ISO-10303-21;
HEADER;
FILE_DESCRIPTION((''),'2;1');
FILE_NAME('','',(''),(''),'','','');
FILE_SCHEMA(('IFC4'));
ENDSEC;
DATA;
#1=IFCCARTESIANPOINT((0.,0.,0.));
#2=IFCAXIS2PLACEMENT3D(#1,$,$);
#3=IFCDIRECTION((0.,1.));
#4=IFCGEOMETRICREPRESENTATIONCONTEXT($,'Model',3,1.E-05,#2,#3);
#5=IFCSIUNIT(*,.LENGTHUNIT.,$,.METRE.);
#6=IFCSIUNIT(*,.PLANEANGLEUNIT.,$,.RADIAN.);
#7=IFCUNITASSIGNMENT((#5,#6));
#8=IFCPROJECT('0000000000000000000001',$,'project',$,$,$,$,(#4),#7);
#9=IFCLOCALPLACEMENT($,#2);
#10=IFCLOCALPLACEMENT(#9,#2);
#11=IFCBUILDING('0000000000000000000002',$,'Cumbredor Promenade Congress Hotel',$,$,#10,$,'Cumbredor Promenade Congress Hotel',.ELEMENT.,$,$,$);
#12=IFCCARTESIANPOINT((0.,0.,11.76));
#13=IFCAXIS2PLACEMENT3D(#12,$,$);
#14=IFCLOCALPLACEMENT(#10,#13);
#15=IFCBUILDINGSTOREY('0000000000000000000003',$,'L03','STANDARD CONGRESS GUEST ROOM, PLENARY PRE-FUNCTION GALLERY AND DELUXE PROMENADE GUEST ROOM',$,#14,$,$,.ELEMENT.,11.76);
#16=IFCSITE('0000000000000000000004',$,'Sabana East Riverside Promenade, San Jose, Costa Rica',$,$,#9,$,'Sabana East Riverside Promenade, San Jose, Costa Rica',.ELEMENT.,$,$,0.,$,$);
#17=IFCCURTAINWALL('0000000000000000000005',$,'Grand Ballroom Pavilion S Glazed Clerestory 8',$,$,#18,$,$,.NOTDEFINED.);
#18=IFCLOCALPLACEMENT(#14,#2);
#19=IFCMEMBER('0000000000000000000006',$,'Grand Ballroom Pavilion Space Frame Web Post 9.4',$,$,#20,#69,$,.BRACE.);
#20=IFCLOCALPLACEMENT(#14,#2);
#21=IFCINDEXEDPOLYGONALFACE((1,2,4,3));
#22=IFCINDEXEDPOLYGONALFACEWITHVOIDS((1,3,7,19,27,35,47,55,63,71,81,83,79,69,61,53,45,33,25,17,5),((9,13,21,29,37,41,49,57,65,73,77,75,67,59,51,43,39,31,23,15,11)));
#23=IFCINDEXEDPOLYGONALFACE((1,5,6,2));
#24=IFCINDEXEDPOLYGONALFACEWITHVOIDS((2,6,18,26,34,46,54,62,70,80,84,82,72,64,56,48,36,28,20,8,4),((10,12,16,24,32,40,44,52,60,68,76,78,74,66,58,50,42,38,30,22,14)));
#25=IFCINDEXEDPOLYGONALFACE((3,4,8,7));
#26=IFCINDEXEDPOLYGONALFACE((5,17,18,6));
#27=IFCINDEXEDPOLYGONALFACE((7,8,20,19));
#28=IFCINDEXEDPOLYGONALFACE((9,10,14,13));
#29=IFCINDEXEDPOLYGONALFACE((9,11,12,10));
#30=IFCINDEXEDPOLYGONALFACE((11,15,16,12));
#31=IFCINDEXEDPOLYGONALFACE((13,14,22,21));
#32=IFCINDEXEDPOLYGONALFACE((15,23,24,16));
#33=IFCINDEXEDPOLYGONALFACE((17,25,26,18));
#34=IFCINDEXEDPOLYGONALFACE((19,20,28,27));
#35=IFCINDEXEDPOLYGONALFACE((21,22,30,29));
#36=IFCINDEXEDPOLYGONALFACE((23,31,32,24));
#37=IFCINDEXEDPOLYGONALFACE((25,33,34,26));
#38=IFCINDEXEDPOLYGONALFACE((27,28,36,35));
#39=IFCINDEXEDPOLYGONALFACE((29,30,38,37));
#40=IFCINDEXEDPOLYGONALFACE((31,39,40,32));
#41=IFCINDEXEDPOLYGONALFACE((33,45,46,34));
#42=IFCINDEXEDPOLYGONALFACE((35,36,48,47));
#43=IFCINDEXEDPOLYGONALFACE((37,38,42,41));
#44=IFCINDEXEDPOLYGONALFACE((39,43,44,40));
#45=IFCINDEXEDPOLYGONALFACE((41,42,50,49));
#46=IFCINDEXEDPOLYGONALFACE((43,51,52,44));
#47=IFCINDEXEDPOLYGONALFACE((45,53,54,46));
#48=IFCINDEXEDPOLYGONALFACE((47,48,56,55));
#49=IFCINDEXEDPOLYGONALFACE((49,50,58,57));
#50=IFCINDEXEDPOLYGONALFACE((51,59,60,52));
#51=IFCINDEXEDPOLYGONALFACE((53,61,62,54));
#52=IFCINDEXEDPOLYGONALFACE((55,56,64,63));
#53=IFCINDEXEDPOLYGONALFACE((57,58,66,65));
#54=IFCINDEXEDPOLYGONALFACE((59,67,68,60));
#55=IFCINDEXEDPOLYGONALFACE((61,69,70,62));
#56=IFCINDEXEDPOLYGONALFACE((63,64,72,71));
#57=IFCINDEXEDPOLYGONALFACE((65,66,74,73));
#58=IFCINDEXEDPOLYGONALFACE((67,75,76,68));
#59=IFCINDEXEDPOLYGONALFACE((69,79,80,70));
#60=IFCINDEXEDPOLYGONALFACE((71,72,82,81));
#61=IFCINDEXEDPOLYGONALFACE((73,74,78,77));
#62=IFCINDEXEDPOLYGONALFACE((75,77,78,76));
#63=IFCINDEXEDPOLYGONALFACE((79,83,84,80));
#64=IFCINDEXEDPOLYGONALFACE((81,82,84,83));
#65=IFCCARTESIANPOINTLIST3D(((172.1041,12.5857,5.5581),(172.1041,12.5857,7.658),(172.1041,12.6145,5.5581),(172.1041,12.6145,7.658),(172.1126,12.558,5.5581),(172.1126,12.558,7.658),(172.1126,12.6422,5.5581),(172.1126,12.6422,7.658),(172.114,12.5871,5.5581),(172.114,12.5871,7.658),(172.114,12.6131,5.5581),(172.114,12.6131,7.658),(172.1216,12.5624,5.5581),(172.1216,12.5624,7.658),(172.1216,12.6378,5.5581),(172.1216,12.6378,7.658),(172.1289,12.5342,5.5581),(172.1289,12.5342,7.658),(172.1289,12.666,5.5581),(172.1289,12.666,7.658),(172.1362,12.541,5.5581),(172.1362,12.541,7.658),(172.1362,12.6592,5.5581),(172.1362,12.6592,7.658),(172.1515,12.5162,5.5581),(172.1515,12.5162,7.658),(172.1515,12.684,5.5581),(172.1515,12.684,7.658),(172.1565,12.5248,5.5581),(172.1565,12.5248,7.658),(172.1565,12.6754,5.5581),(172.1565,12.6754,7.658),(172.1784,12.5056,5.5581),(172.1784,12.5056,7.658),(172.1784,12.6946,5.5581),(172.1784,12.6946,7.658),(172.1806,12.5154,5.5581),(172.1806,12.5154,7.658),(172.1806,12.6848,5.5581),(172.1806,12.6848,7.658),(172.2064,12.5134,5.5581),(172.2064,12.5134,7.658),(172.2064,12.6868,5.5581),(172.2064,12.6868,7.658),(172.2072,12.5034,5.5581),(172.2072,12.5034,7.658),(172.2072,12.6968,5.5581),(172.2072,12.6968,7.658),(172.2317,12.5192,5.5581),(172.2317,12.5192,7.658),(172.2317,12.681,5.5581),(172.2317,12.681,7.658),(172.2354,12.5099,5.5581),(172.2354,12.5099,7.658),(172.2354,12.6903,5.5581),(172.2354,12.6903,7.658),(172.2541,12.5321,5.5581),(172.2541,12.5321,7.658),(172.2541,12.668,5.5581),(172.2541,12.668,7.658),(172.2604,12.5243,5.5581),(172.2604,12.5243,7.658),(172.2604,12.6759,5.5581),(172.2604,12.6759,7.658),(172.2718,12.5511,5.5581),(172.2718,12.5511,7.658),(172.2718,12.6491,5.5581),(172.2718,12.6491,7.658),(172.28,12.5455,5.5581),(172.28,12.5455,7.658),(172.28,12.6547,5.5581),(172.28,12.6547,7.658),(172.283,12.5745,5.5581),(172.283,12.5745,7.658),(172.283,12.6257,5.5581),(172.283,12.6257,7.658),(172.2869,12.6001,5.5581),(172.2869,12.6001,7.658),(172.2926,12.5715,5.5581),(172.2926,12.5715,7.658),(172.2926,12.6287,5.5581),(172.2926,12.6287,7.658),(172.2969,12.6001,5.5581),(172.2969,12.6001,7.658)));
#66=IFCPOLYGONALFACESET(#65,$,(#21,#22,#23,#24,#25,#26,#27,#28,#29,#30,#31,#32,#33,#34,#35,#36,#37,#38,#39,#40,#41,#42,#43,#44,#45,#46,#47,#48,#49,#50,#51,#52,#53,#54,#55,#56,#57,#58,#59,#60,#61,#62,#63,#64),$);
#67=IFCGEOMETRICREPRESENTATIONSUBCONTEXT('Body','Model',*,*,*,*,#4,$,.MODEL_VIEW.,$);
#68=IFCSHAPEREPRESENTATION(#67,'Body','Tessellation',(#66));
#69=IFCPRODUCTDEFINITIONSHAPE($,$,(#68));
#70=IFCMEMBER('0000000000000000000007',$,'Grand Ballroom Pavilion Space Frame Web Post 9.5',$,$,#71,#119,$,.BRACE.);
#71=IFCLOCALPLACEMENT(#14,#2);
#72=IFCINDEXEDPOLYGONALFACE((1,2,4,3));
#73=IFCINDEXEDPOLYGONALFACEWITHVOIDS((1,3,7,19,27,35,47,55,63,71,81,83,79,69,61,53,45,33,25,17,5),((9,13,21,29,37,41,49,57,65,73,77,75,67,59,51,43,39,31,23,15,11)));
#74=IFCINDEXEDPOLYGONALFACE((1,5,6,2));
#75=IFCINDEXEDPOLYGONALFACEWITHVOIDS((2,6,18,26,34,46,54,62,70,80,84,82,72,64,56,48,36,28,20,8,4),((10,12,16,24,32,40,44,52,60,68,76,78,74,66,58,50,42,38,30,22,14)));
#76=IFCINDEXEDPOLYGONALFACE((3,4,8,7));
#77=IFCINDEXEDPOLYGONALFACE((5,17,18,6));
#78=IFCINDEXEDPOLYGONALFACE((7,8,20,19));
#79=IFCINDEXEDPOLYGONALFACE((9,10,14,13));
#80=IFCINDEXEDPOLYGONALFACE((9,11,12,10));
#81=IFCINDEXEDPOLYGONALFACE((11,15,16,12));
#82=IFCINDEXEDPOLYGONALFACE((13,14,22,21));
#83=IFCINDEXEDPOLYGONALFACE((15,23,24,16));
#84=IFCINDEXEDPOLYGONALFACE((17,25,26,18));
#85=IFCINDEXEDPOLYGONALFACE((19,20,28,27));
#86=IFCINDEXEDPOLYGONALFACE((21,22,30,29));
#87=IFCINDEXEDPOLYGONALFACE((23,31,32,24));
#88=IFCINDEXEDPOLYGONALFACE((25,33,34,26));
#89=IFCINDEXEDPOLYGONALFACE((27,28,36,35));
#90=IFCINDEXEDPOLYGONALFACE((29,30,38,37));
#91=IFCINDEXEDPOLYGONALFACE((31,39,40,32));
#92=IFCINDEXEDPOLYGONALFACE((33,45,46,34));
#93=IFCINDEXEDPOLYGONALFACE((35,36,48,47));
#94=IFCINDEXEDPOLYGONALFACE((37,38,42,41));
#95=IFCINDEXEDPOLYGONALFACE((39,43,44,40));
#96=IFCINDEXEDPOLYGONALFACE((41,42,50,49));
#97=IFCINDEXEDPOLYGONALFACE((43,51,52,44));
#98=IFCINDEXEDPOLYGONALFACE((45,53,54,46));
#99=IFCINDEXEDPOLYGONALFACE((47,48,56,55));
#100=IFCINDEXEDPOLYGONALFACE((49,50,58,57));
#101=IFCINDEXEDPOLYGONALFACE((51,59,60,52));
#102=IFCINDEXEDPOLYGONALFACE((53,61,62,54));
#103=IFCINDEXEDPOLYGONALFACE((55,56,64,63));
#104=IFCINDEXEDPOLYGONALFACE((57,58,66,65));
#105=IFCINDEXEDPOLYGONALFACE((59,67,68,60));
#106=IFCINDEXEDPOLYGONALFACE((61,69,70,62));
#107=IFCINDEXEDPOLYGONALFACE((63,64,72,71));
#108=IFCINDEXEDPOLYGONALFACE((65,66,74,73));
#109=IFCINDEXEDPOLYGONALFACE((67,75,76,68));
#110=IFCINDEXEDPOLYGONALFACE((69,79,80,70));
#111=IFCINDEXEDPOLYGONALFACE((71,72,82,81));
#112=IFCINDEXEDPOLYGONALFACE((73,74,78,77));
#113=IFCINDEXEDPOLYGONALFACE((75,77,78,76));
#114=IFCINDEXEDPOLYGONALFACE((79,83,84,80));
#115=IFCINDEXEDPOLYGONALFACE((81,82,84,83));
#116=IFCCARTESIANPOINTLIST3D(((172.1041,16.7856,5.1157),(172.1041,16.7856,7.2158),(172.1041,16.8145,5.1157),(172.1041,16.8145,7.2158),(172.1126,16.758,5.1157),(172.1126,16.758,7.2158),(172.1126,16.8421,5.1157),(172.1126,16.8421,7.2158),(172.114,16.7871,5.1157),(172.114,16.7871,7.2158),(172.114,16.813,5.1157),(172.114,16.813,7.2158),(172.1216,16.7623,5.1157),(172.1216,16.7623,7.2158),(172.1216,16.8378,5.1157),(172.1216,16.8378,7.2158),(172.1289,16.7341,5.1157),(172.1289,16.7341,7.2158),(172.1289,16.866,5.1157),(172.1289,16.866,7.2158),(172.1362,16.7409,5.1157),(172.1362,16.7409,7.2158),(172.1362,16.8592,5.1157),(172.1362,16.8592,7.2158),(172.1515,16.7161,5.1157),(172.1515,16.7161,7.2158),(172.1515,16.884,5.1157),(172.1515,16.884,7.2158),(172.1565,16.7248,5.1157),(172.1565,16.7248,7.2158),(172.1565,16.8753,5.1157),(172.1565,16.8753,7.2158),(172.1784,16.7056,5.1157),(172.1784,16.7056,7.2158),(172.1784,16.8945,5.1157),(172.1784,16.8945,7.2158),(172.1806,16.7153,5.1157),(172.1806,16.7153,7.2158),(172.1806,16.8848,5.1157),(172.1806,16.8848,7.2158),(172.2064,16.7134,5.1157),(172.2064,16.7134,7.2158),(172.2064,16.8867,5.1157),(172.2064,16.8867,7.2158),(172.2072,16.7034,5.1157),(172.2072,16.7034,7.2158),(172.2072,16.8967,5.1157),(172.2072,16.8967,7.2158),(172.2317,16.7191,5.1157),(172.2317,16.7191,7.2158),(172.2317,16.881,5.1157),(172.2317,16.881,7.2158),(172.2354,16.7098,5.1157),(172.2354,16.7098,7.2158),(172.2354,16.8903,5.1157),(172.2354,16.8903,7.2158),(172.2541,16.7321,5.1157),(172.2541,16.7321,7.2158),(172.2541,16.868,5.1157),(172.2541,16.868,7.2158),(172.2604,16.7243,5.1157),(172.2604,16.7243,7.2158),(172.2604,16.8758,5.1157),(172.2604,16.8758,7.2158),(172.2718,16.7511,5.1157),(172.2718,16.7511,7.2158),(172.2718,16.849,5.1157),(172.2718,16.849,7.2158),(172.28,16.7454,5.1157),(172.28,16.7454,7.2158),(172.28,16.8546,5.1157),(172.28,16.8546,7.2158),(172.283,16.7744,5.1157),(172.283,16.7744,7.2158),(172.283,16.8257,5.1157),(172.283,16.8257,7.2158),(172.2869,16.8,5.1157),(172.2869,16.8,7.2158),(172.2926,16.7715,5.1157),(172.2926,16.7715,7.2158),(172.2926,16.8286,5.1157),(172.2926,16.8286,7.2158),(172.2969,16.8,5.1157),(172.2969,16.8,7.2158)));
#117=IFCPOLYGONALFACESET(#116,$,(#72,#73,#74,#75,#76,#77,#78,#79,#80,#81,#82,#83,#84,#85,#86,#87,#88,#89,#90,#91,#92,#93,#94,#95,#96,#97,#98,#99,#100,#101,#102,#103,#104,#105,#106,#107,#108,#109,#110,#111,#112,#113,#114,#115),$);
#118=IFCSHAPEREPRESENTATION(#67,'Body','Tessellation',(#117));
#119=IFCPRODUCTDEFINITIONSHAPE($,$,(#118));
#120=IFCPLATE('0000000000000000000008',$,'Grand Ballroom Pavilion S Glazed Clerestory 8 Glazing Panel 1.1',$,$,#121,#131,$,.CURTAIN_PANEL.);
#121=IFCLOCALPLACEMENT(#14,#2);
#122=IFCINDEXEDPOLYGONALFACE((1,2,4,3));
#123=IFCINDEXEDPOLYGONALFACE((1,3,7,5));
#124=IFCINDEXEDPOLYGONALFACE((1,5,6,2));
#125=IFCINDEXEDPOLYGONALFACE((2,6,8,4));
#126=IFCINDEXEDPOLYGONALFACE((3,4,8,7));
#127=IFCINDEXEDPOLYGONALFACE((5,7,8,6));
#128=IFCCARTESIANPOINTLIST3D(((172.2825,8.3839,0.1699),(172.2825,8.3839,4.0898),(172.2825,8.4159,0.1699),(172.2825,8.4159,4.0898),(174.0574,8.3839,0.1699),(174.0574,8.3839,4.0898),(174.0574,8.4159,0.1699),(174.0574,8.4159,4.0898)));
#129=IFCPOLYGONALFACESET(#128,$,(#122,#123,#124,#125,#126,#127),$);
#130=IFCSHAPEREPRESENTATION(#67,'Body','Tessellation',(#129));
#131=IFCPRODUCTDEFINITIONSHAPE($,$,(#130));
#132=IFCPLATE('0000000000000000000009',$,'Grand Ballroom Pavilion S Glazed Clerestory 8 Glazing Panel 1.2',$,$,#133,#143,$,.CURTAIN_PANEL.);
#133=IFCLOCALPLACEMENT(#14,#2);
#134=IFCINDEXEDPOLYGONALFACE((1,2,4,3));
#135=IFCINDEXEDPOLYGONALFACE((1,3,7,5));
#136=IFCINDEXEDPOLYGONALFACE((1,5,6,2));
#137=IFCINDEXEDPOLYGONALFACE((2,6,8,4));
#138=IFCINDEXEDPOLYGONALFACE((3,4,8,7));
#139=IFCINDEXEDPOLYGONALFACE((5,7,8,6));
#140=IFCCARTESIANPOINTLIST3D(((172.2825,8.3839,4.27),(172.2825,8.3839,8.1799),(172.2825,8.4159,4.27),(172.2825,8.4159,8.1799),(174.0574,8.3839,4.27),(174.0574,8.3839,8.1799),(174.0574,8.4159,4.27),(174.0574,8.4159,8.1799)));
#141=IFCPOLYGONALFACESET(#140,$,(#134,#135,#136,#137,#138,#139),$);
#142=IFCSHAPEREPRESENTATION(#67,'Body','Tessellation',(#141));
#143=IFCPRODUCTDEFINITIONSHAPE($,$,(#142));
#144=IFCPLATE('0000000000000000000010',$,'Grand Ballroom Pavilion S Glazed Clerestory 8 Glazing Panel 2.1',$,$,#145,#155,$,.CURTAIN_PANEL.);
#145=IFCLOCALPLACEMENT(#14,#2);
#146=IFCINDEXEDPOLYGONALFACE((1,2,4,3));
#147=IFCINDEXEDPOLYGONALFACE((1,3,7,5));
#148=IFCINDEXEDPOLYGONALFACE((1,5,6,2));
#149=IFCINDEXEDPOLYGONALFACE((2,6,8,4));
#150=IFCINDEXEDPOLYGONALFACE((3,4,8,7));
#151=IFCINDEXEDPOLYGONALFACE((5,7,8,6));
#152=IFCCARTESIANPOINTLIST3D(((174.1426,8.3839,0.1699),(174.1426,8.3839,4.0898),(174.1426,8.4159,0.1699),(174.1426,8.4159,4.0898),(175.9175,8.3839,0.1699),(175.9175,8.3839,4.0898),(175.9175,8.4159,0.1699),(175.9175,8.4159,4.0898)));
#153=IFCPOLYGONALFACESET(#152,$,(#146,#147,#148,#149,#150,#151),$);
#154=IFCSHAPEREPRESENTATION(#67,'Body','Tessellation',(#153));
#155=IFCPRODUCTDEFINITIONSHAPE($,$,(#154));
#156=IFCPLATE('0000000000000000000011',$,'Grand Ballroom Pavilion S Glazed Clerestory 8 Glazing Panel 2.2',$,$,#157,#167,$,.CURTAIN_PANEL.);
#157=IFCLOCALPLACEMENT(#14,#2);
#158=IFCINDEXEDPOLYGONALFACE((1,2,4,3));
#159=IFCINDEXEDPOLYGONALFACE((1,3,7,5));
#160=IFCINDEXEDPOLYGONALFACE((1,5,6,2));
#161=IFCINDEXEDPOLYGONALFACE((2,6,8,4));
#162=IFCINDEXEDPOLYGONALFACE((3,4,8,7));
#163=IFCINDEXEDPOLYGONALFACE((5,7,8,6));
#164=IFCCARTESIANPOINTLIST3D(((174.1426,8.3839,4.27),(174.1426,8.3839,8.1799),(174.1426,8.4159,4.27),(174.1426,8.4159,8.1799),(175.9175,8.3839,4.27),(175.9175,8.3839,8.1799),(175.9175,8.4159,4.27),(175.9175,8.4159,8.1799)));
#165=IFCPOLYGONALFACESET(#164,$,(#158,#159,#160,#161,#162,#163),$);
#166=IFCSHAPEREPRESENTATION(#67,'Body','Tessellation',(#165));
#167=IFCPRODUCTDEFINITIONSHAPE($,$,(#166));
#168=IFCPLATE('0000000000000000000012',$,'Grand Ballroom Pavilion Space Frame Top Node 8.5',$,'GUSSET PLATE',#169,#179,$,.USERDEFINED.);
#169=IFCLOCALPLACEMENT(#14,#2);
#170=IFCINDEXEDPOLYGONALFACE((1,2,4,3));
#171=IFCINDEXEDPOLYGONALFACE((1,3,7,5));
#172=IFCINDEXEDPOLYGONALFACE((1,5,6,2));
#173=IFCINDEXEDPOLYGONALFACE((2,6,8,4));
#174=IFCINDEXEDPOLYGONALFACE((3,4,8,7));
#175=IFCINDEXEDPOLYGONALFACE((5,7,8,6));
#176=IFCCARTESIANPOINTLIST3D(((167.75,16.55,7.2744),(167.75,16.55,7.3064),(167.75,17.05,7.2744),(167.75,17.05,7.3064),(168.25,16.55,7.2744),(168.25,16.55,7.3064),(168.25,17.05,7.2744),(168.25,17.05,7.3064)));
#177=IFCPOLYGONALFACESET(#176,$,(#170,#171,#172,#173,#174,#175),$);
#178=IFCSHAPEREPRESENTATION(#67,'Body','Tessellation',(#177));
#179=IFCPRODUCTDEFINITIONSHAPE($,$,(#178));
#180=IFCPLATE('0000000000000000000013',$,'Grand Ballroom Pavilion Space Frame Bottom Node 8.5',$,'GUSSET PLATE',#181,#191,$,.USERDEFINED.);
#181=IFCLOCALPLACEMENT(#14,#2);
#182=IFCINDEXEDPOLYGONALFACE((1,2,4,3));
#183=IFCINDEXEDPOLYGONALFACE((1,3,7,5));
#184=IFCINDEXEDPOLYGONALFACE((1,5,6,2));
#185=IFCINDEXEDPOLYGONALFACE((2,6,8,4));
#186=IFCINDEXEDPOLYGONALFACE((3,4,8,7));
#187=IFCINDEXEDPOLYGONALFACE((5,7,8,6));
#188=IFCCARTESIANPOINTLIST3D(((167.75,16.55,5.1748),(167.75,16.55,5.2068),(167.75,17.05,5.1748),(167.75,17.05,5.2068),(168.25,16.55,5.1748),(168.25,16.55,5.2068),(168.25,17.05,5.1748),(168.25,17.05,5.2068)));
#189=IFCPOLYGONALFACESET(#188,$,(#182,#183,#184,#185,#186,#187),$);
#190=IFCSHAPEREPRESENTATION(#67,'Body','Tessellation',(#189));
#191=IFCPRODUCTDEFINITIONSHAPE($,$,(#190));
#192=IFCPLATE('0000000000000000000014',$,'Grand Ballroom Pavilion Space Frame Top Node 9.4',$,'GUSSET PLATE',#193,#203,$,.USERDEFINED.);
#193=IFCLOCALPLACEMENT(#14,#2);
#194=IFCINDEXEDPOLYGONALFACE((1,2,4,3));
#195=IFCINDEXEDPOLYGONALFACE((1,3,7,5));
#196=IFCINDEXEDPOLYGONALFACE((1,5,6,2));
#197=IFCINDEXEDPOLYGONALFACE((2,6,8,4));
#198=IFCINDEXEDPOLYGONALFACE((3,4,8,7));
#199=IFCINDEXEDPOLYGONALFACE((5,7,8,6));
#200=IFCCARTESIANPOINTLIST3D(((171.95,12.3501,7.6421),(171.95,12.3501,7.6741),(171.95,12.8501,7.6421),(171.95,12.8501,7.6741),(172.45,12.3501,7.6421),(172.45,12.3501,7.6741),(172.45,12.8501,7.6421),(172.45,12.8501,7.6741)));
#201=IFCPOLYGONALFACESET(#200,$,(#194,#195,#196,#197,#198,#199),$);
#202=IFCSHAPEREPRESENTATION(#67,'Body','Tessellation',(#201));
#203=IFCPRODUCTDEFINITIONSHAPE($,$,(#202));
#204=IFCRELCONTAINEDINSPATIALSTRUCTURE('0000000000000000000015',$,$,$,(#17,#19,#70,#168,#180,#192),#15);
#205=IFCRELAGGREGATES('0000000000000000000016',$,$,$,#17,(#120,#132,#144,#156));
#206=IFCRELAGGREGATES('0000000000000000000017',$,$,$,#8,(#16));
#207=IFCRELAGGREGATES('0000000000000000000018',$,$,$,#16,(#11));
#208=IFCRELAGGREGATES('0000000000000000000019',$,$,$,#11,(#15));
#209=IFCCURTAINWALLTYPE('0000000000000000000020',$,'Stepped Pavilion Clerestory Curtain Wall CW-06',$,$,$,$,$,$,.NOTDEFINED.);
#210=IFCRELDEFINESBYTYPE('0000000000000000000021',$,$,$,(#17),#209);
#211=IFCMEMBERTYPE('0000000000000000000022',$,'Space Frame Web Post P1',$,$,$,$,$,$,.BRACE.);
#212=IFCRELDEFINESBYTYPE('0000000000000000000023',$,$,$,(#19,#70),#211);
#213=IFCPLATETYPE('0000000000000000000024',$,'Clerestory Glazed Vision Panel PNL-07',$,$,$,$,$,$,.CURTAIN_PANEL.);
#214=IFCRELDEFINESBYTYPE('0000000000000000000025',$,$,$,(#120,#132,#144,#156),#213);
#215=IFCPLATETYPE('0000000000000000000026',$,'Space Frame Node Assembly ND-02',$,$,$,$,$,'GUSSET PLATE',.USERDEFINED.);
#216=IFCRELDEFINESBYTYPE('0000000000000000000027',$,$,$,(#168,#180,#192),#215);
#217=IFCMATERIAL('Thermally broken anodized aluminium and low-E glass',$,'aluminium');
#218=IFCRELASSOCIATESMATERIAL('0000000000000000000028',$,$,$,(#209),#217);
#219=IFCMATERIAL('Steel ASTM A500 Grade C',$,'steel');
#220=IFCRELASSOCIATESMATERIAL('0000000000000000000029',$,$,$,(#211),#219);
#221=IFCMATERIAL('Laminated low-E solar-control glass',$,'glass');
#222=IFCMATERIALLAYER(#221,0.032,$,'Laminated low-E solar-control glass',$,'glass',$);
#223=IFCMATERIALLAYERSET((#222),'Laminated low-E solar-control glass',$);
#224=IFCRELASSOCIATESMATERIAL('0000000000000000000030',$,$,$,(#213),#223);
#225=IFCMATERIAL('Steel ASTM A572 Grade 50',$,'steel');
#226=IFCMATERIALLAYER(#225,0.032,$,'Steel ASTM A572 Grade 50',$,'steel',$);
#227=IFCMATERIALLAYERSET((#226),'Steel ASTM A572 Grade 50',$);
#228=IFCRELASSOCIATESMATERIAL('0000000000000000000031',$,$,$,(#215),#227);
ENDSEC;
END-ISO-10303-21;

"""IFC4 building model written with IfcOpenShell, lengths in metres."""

from ifc_helpers import new_model, si_unit, direction, frame, origin, origin_2d, place, context, subcontext, project, spatial, rectangle, hollow_circle, extrude, material, layer, layer_set, material_profile, profile_set, type_object, element, aggregate, save


model = new_model("IFC4")

# Units and contexts
model_context = context("Model", 3, precision=1e-05, world=origin(), true_north=direction((0.0, 1.0)))
body_context = subcontext(model_context, "Body", "Model", "MODEL_VIEW")
ifc_project = project(units=[si_unit("LENGTHUNIT", "METRE"), si_unit("PLANEANGLEUNIT", "RADIAN")], contexts=[model_context])

# Site, building, storey
site_placement = place(None, origin())
site = spatial("IfcSite", under=ifc_project, at=site_placement, Name="Sabana East Riverside Promenade, San Jose, Costa Rica", LongName="Sabana East Riverside Promenade, San Jose, Costa Rica", CompositionType="ELEMENT", RefElevation=0.0)
building_placement = place(site_placement, origin())
building = spatial("IfcBuilding", under=site, at=building_placement, Name="Cumbredor Promenade Congress Hotel", LongName="Cumbredor Promenade Congress Hotel", CompositionType="ELEMENT")
storey_placement = place(building_placement, frame((0.0, 0.0, 11.76)))
storey = spatial("IfcBuildingStorey", under=building, at=storey_placement, Name="L03", Description="STANDARD CONGRESS GUEST ROOM, PLENARY PRE-FUNCTION GALLERY AND DELUXE PROMENADE GUEST ROOM", CompositionType="ELEMENT", Elevation=11.76)

# Shared definitions
ifc_material_1 = material(Name="Steel ASTM A500 Grade C", Category="steel")

# Curtain wall
ifc_material_2 = material(Name="Thermally broken anodized aluminium and low-E glass", Category="aluminium")
curtain_wall_type = type_object("IfcCurtainWallType", Name="Stepped Pavilion Clerestory Curtain Wall CW-06", PredefinedType="NOTDEFINED", material=ifc_material_2)
curtain_wall_placement = place(storey_placement, origin())
curtain_wall = element("IfcCurtainWall", 1, at=curtain_wall_placement, inside=storey, type_object=curtain_wall_type, Name="Grand Ballroom Pavilion S Glazed Clerestory 8", PredefinedType="NOTDEFINED")

# Members
ifc_material_profile_1 = material_profile(ifc_material_1, hollow_circle(Radius=0.0969, WallThickness=0.01, at=origin_2d()), Name="CHS 193.7x10")
ifc_profile_set_1 = profile_set([ifc_material_profile_1], Name="Steel ASTM A500 Grade C")
member_type_1 = type_object("IfcMemberType", Name="Space Frame Web Post P1", PredefinedType="BRACE", material=ifc_profile_set_1)
for number, where, z_axis, x_axis, name in (
    (2, (172.2, 12.6001, 5.5581), (0.0, 0.0, 1.0), (1.0, 0.0, 0.0), "Grand Ballroom Pavilion Space Frame Web Post 9.4"),
):
    element("IfcMember", number, at=place(storey_placement, frame(where, z_axis=z_axis, x_axis=x_axis)), inside=storey, type_object=member_type_1, Name=name, PredefinedType="BRACE", context=body_context, shape_type="SweptSolid", body=[
        extrude(hollow_circle(Radius=0.0969, WallThickness=0.01, at=origin_2d()), origin(), (0.0, 0.0, 1.0), 2.0999),
    ])
member_1_placement = place(storey_placement, frame((172.2, 16.8, 5.1157), z_axis=(0.0, 0.0, 1.0), x_axis=(1.0, 0.0, 0.0)))
element("IfcMember", 3, at=member_1_placement, inside=storey, type_object=member_type_1, Name="Grand Ballroom Pavilion Space Frame Web Post 9.5", PredefinedType="BRACE", context=body_context, shape_type="SweptSolid", body=[
    extrude(hollow_circle(Radius=0.0969, WallThickness=0.01, at=origin_2d()), origin(), (0.0, 0.0, 1.0), 2.1001),
])

# Plates
ifc_material_3 = material(Name="Laminated low-E solar-control glass", Category="glass")
ifc_layer_1 = layer(ifc_material_3, 0.032, Name="Laminated low-E solar-control glass", Category="glass")
ifc_layer_set_1 = layer_set([ifc_layer_1], Name="Laminated low-E solar-control glass")
plate_type_1 = type_object("IfcPlateType", Name="Clerestory Glazed Vision Panel PNL-07", PredefinedType="CURTAIN_PANEL", material=ifc_layer_set_1)
plate_1_placement = place(storey_placement, frame((173.1699, 8.3999, 0.1699), z_axis=(0.0, 0.0, 1.0), x_axis=(1.0, 0.0, 0.0)))
plate_1 = element("IfcPlate", 4, at=plate_1_placement, type_object=plate_type_1, Name="Grand Ballroom Pavilion S Glazed Clerestory 8 Glazing Panel 1.1", PredefinedType="CURTAIN_PANEL", context=body_context, shape_type="SweptSolid", body=[
    extrude(rectangle(XDim=1.7749, YDim=0.032, at=origin_2d()), origin(), (0.0, 0.0, 1.0), 3.9199),
])
plate_2_placement = place(storey_placement, frame((173.1699, 8.3999, 4.27), z_axis=(0.0, 0.0, 1.0), x_axis=(1.0, 0.0, 0.0)))
plate_2 = element("IfcPlate", 5, at=plate_2_placement, type_object=plate_type_1, Name="Grand Ballroom Pavilion S Glazed Clerestory 8 Glazing Panel 1.2", PredefinedType="CURTAIN_PANEL", context=body_context, shape_type="SweptSolid", body=[
    extrude(rectangle(XDim=1.7749, YDim=0.032, at=origin_2d()), origin(), (0.0, 0.0, 1.0), 3.9099),
])
plate_3_placement = place(storey_placement, frame((175.03, 8.3999, 0.1699), z_axis=(0.0, 0.0, 1.0), x_axis=(1.0, 0.0, 0.0)))
plate_3 = element("IfcPlate", 6, at=plate_3_placement, type_object=plate_type_1, Name="Grand Ballroom Pavilion S Glazed Clerestory 8 Glazing Panel 2.1", PredefinedType="CURTAIN_PANEL", context=body_context, shape_type="SweptSolid", body=[
    extrude(rectangle(XDim=1.7749, YDim=0.032, at=origin_2d()), origin(), (0.0, 0.0, 1.0), 3.9199),
])
plate_4_placement = place(storey_placement, frame((175.03, 8.3999, 4.27), z_axis=(0.0, 0.0, 1.0), x_axis=(1.0, 0.0, 0.0)))
plate_4 = element("IfcPlate", 7, at=plate_4_placement, type_object=plate_type_1, Name="Grand Ballroom Pavilion S Glazed Clerestory 8 Glazing Panel 2.2", PredefinedType="CURTAIN_PANEL", context=body_context, shape_type="SweptSolid", body=[
    extrude(rectangle(XDim=1.7749, YDim=0.032, at=origin_2d()), origin(), (0.0, 0.0, 1.0), 3.9099),
])
aggregate(curtain_wall, [plate_1, plate_2, plate_3, plate_4])

# Plates
ifc_material_4 = material(Name="Steel ASTM A572 Grade 50", Category="steel")
ifc_layer_2 = layer(ifc_material_4, 0.032, Name="Steel ASTM A572 Grade 50", Category="steel")
ifc_layer_set_2 = layer_set([ifc_layer_2], Name="Steel ASTM A572 Grade 50")
plate_type_2 = type_object("IfcPlateType", Name="Space Frame Node Assembly ND-02", ElementType="GUSSET PLATE", PredefinedType="USERDEFINED", material=ifc_layer_set_2)
for number, where, z_axis, x_axis, name in (
    (8, (168.0, 16.8, 7.2744), (0.0, 0.0, 1.0), (1.0, 0.0, 0.0), "Grand Ballroom Pavilion Space Frame Top Node 8.5"),
    (9, (168.0, 16.8, 5.1748), (0.0, 0.0, 1.0), (1.0, 0.0, 0.0), "Grand Ballroom Pavilion Space Frame Bottom Node 8.5"),
    (10, (172.2, 12.6001, 7.6421), (0.0, 0.0, 1.0), (1.0, 0.0, 0.0), "Grand Ballroom Pavilion Space Frame Top Node 9.4"),
):
    element("IfcPlate", number, at=place(storey_placement, frame(where, z_axis=z_axis, x_axis=x_axis)), inside=storey, type_object=plate_type_2, Name=name, ObjectType="GUSSET PLATE", PredefinedType="USERDEFINED", context=body_context, shape_type="SweptSolid", body=[
        extrude(rectangle(XDim=0.5, YDim=0.5, at=origin_2d()), origin(), (0.0, 0.0, 1.0), 0.032),
    ])

save(model, "model.ifc")
